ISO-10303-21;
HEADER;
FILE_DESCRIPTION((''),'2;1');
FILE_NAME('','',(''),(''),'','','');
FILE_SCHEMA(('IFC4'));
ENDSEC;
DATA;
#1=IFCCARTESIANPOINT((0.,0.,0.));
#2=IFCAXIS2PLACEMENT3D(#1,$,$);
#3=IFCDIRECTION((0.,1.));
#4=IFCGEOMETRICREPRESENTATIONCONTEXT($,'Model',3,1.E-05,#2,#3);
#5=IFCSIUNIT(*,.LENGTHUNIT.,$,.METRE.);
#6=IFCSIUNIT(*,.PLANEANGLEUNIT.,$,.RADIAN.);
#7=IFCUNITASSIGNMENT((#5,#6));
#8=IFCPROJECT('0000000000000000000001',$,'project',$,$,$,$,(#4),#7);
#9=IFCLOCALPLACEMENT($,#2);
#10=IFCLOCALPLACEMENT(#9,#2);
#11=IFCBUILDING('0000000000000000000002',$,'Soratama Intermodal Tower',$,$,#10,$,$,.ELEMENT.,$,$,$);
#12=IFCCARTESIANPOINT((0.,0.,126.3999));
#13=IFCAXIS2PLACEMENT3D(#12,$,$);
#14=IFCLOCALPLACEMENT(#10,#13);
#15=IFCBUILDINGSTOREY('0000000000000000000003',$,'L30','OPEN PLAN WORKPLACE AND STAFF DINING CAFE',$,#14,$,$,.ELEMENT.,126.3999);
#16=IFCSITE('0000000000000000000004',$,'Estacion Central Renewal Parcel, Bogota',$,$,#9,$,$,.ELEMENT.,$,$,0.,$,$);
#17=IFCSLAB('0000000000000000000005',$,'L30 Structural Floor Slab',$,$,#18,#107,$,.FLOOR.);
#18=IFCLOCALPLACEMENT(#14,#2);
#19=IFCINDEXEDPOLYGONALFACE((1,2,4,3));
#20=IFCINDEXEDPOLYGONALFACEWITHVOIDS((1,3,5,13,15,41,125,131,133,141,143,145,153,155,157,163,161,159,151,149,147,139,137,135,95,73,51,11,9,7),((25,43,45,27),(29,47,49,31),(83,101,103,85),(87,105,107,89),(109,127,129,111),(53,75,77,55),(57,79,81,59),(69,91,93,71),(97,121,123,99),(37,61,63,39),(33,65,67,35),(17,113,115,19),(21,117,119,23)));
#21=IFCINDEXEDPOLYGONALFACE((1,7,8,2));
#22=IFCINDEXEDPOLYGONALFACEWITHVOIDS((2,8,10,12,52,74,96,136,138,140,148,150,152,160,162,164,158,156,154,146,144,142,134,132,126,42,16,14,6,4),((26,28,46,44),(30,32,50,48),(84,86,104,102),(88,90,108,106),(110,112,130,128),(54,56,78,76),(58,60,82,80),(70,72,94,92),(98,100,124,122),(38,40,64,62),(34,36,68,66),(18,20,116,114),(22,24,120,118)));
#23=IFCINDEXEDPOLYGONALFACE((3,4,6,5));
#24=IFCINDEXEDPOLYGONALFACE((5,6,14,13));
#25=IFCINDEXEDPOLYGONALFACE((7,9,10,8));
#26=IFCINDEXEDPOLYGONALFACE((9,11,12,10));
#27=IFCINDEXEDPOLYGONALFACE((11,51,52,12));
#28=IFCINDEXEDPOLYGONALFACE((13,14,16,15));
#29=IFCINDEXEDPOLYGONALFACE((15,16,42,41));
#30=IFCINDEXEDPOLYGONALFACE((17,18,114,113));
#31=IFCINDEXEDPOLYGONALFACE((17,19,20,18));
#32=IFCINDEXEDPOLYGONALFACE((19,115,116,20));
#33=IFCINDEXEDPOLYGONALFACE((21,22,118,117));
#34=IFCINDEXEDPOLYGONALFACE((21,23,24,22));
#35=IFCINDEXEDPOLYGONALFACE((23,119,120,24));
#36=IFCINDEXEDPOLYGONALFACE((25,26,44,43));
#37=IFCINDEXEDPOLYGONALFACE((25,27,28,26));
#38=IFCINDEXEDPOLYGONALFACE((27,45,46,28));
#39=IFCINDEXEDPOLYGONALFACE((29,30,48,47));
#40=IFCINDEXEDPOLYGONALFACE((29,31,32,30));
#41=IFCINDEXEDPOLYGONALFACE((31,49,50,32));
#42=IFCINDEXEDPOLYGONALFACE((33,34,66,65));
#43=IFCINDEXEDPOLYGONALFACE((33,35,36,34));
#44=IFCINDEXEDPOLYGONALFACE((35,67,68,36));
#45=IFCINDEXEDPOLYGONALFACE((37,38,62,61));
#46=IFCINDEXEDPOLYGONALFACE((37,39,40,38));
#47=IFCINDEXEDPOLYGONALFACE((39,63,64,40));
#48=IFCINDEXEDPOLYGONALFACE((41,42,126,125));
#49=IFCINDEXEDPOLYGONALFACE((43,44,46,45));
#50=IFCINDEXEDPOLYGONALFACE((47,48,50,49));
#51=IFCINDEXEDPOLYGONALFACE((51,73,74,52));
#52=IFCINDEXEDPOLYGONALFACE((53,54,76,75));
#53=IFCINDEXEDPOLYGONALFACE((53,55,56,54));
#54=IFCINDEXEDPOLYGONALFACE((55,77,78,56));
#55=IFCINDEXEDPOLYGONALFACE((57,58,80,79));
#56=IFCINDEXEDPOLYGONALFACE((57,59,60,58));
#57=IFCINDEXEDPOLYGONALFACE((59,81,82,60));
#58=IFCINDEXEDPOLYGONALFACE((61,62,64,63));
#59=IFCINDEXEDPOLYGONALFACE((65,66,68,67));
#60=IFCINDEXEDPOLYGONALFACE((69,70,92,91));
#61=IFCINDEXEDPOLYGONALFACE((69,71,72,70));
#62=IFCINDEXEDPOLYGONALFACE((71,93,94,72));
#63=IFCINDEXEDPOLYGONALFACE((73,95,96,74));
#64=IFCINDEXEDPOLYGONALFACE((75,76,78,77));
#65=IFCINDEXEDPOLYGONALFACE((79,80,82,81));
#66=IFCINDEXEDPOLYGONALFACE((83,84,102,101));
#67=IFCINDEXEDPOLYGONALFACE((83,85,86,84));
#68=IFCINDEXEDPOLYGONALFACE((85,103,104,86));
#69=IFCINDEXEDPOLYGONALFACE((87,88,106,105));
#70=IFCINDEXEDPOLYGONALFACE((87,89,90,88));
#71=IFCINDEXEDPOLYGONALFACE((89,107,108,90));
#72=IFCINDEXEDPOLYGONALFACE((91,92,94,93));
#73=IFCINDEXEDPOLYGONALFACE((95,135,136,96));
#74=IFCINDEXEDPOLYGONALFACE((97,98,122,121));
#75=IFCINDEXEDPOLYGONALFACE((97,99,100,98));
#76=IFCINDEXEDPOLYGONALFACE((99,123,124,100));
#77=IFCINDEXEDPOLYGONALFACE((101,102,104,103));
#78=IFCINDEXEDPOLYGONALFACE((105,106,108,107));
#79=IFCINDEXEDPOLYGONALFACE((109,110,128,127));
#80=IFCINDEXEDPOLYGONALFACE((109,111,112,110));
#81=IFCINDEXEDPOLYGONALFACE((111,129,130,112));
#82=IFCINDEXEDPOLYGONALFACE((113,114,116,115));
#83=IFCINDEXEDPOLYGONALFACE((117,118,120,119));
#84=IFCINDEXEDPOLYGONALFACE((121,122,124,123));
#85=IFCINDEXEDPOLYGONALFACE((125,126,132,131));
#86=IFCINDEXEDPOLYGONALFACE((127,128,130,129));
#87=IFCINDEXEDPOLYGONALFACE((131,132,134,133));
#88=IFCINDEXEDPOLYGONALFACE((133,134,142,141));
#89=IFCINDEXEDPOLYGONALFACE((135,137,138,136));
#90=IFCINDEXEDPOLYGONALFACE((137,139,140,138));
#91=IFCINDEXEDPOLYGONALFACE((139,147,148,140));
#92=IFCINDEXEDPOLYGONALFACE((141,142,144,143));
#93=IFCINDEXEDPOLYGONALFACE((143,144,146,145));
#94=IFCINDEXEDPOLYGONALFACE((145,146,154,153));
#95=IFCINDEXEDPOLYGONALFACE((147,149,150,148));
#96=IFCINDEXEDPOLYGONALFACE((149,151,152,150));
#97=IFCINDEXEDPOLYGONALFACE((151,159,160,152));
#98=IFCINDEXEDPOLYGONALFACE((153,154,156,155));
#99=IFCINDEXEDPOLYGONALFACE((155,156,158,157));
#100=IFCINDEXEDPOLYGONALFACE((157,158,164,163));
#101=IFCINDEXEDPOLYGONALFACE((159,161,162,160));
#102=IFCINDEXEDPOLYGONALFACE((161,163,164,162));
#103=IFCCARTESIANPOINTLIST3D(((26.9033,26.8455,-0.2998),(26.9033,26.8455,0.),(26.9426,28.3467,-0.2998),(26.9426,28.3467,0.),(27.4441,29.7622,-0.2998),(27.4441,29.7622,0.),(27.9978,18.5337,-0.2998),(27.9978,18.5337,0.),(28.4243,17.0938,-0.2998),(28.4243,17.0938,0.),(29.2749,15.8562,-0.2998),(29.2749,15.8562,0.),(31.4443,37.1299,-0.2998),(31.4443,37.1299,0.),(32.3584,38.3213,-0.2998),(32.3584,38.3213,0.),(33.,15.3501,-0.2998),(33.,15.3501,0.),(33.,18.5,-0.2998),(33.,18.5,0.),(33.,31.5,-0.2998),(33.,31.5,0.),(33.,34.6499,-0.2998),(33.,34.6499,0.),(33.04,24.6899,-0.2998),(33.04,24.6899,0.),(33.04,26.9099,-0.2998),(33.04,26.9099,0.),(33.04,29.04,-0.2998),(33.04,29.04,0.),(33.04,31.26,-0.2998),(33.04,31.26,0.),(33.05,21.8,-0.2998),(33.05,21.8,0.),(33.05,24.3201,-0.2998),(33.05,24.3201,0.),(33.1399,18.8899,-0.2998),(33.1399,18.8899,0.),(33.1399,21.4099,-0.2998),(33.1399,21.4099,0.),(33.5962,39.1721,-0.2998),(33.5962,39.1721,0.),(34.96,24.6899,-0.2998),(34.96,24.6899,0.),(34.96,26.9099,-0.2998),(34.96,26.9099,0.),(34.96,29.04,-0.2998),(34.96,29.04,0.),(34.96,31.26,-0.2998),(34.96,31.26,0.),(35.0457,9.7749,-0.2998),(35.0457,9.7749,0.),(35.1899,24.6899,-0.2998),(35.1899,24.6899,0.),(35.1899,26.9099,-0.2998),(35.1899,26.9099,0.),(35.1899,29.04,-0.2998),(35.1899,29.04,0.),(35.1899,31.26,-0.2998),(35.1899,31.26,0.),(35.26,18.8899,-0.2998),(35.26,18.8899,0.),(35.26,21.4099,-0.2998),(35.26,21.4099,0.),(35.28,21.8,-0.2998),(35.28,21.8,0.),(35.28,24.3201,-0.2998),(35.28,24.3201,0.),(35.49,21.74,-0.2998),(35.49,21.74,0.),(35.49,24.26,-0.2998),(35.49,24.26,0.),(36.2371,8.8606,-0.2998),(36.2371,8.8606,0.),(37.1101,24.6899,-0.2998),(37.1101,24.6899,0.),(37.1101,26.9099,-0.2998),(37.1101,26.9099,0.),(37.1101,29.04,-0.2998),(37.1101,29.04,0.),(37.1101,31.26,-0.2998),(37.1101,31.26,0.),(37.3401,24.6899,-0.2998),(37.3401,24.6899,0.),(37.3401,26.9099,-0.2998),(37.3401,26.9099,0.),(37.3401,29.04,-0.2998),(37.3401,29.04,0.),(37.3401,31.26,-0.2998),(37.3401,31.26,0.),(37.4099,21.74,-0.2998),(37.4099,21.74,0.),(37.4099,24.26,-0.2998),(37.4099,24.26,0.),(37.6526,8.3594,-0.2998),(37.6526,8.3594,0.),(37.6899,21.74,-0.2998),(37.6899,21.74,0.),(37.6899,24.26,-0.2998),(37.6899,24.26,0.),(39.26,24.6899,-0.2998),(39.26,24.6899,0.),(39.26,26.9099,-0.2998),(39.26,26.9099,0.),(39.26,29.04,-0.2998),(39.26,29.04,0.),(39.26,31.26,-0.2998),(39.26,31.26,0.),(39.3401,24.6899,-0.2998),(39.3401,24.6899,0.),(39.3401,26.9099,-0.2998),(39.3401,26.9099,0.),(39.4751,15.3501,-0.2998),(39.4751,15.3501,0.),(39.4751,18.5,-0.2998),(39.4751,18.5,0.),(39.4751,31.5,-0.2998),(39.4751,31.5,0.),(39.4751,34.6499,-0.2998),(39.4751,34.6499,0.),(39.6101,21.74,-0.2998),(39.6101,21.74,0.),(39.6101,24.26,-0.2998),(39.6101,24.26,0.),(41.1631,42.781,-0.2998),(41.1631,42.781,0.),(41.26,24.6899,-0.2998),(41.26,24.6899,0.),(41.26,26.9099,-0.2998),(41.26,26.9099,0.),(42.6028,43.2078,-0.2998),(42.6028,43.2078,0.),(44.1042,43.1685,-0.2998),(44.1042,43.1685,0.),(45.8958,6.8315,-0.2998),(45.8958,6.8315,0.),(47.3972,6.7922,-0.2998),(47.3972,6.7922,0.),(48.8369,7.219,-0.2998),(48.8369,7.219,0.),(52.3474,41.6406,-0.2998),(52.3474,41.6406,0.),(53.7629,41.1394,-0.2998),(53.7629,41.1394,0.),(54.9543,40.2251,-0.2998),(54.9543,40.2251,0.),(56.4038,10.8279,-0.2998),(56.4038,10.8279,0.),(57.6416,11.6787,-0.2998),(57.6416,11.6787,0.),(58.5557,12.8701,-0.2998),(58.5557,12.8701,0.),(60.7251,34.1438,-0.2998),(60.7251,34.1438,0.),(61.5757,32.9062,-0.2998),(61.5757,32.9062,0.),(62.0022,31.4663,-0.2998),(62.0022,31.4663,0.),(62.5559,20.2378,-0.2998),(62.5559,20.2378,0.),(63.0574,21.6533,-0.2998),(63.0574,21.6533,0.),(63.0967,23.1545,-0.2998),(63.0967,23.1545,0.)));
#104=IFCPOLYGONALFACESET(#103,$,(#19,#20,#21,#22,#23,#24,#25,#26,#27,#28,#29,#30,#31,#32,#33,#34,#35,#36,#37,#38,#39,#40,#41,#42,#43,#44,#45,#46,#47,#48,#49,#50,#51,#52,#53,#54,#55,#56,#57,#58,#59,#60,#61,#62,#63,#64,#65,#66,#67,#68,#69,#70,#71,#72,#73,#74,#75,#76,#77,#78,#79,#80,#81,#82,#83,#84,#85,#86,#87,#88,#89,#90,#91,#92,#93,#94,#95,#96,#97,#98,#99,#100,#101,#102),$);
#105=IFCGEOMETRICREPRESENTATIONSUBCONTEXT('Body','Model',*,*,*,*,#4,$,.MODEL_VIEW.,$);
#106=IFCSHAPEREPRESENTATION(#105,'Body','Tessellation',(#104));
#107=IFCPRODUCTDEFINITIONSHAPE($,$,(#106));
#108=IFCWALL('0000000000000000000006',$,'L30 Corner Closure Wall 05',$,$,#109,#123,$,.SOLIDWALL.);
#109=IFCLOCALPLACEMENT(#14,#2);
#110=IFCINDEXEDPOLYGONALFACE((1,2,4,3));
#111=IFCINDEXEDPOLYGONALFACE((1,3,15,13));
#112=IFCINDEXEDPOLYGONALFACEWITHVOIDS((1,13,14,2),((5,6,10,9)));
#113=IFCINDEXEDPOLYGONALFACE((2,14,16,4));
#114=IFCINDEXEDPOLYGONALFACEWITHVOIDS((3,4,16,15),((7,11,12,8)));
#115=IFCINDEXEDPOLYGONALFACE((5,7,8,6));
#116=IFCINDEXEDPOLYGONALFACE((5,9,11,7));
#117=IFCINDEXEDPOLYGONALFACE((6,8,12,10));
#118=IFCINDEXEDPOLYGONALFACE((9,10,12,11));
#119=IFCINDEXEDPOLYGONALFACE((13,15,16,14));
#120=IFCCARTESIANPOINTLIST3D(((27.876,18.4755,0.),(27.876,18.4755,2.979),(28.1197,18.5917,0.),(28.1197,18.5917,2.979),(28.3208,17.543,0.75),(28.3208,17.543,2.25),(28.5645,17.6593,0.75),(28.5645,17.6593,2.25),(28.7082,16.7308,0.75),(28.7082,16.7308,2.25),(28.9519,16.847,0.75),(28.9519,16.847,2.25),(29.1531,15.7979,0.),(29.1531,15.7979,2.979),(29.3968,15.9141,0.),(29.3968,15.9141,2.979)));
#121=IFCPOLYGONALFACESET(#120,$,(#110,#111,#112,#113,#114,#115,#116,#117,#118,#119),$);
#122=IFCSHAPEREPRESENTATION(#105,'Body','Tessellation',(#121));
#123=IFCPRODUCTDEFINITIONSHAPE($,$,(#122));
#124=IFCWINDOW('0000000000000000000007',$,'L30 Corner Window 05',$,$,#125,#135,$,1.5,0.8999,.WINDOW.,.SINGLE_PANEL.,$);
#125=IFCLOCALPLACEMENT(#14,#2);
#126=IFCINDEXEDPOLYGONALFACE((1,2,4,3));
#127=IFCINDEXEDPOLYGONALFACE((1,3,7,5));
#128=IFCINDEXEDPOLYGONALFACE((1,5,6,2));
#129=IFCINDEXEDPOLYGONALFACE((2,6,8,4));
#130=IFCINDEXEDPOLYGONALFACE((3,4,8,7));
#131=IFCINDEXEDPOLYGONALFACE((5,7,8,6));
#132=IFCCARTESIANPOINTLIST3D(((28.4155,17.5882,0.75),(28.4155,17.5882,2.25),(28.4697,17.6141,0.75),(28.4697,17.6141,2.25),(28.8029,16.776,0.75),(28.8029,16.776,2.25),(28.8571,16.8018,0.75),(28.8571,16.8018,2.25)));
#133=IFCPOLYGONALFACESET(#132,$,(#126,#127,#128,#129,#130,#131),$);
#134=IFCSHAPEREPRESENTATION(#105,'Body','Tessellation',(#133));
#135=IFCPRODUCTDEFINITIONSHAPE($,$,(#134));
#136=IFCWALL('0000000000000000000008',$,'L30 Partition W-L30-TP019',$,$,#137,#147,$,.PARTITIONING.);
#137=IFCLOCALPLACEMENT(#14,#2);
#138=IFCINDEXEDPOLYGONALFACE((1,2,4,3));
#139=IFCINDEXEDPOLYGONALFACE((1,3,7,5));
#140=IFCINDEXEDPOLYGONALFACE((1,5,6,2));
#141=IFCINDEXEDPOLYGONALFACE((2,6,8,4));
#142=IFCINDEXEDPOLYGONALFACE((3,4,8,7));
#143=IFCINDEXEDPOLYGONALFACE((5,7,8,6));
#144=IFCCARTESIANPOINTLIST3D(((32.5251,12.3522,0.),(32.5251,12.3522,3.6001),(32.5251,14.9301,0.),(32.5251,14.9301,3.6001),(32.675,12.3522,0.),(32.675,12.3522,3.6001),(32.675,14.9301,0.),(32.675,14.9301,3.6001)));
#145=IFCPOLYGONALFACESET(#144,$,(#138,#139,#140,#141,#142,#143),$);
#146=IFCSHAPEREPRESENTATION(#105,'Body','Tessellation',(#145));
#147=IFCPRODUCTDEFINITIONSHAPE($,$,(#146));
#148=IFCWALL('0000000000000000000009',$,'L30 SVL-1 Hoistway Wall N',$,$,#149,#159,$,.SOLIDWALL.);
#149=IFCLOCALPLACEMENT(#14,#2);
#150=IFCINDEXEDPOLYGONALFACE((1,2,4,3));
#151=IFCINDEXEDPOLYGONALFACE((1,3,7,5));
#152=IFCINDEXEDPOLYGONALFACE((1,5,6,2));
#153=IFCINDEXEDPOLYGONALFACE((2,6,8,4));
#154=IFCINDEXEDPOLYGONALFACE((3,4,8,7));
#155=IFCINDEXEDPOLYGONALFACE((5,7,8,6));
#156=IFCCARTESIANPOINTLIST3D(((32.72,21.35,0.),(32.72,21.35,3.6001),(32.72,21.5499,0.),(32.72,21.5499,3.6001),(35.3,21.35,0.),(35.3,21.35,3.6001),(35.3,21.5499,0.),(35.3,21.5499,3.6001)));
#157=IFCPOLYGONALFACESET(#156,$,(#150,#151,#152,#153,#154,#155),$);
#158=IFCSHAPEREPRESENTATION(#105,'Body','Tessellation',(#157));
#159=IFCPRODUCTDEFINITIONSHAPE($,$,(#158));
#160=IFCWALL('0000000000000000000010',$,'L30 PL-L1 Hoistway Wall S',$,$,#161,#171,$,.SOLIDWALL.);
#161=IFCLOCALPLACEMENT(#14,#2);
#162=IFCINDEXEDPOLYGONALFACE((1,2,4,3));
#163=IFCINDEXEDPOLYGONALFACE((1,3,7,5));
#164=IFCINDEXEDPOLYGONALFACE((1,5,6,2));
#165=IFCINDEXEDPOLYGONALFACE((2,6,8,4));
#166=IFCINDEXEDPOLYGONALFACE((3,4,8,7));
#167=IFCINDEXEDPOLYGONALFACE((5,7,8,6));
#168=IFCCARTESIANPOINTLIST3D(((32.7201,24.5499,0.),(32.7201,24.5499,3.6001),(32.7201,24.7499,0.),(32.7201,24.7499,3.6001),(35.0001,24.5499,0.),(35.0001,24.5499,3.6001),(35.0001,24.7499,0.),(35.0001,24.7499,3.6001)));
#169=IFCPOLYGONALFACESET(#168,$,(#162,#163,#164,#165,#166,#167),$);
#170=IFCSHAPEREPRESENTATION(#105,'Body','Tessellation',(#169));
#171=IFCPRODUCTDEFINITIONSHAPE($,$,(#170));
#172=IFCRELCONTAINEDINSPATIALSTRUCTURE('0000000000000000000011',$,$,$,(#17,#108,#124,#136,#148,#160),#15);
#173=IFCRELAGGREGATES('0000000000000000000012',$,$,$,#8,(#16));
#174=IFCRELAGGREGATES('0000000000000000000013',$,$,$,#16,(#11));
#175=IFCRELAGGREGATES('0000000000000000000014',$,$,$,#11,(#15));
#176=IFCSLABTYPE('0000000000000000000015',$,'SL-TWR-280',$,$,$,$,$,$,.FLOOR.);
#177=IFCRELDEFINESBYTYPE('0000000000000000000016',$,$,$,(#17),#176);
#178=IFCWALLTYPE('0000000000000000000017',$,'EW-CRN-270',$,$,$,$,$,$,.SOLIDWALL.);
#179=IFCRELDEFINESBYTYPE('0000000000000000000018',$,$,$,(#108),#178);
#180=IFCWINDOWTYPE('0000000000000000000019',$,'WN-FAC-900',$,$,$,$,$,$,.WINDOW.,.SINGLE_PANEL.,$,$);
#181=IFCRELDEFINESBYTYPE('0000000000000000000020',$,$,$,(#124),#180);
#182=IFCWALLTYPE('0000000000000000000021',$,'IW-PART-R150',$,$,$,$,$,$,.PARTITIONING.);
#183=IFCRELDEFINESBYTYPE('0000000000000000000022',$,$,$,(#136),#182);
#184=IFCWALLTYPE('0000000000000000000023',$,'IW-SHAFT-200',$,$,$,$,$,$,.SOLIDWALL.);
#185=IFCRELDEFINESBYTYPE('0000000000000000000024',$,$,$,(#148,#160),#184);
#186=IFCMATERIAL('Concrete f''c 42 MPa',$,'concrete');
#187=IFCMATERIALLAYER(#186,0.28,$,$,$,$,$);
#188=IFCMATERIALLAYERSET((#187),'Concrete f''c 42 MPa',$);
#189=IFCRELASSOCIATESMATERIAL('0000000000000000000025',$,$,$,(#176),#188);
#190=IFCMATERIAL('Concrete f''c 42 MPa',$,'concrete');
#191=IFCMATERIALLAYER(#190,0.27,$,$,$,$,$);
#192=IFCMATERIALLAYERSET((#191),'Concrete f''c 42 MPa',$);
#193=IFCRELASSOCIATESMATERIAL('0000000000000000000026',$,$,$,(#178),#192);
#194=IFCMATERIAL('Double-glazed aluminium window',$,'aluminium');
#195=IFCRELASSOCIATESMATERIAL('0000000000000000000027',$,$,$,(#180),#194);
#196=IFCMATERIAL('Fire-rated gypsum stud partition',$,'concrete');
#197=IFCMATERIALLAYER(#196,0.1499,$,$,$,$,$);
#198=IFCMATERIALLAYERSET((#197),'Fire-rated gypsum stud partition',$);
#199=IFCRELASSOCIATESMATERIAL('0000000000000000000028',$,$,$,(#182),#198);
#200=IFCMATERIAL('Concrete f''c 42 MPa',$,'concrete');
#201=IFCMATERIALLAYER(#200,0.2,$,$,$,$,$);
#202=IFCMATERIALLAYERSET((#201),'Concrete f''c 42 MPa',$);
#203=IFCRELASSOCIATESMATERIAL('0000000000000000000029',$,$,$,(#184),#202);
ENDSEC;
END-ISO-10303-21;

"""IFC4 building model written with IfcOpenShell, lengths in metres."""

from ifc_helpers import new_model, si_unit, direction, frame, frame_2d, origin, place, context, subcontext, project, spatial, polyline, rectangle, outline, extrude, material, layer, layer_set, type_object, element, fill, save


model = new_model("IFC4")

# Units and contexts
model_context = context("Model", 3, precision=1e-05, world=origin(), true_north=direction((0.0, 1.0)))
body_context = subcontext(model_context, "Body", "Model", "MODEL_VIEW")
ifc_project = project(units=[si_unit("LENGTHUNIT", "METRE"), si_unit("PLANEANGLEUNIT", "RADIAN")], contexts=[model_context])

# Site, building, storey
site_placement = place(None, origin())
site = spatial("IfcSite", under=ifc_project, at=site_placement, Name="Estacion Central Renewal Parcel, Bogota", CompositionType="ELEMENT", RefElevation=0.0)
building_placement = place(site_placement, origin())
building = spatial("IfcBuilding", under=site, at=building_placement, Name="Soratama Intermodal Tower", CompositionType="ELEMENT")
storey_placement = place(building_placement, frame((0.0, 0.0, 126.3999)))
storey = spatial("IfcBuildingStorey", under=building, at=storey_placement, Name="L30", Description="OPEN PLAN WORKPLACE AND STAFF DINING CAFE", CompositionType="ELEMENT", Elevation=126.3999)

# Slab
ifc_material_1 = material(Name="Concrete f'c 42 MPa", Category="concrete")
ifc_layer_1 = layer(ifc_material_1, 0.28)
ifc_layer_set_1 = layer_set([ifc_layer_1], Name="Concrete f'c 42 MPa")
slab_type_1 = type_object("IfcSlabType", Name="SL-TWR-280", PredefinedType="FLOOR", material=ifc_layer_set_1)
slab_1_placement = place(storey_placement, frame((0.0, 0.0, -0.2998)))
element("IfcSlab", 1, at=slab_1_placement, inside=storey, type_object=slab_type_1, Name="L30 Structural Floor Slab", PredefinedType="FLOOR", context=body_context, shape_type="SweptSolid", body=[
    extrude(outline(polyline([(62.0022, 31.4663), (61.5757, 32.9062), (60.7251, 34.1438), (54.9543, 40.2251), (53.7629, 41.1394), (52.3474, 41.6406), (44.1042, 43.1685), (42.6028, 43.2078), (41.1631, 42.781), (33.5962, 39.1721), (32.3584, 38.3213), (31.4443, 37.1299), (27.4441, 29.7622), (26.9426, 28.3467), (26.9033, 26.8455), (27.9978, 18.5337), (28.4243, 17.0938), (29.2749, 15.8562), (35.0457, 9.7749), (36.2371, 8.8606), (37.6526, 8.3594), (45.8958, 6.8315), (47.3972, 6.7922), (48.8369, 7.219), (56.4038, 10.8279), (57.6416, 11.6787), (58.5557, 12.8701), (62.5559, 20.2378), (63.0574, 21.6533), (63.0967, 23.1545), (62.0022, 31.4663)]), holes=[polyline([(33.0, 18.5), (33.0, 15.3501), (39.4751, 15.3501), (39.4751, 18.5), (33.0, 18.5)]), polyline([(35.26, 18.8899), (35.26, 21.4099), (33.1399, 21.4099), (33.1399, 18.8899), (35.26, 18.8899)]), polyline([(33.05, 21.8), (35.28, 21.8), (35.28, 24.3201), (33.05, 24.3201), (33.05, 21.8)]), polyline([(34.96, 26.9099), (33.04, 26.9099), (33.04, 24.6899), (34.96, 24.6899), (34.96, 26.9099)]), polyline([(37.1101, 24.6899), (37.1101, 26.9099), (35.1899, 26.9099), (35.1899, 24.6899), (37.1101, 24.6899)]), polyline([(34.96, 29.04), (34.96, 31.26), (33.04, 31.26), (33.04, 29.04), (34.96, 29.04)]), polyline([(37.1101, 31.26), (35.1899, 31.26), (35.1899, 29.04), (37.1101, 29.04), (37.1101, 31.26)]), polyline([(37.4099, 21.74), (37.4099, 24.26), (35.49, 24.26), (35.49, 21.74), (37.4099, 21.74)]), polyline([(39.6101, 21.74), (39.6101, 24.26), (37.6899, 24.26), (37.6899, 21.74), (39.6101, 21.74)]), polyline([(39.26, 24.6899), (39.26, 26.9099), (37.3401, 26.9099), (37.3401, 24.6899), (39.26, 24.6899)]), polyline([(41.26, 24.6899), (41.26, 26.9099), (39.3401, 26.9099), (39.3401, 24.6899), (41.26, 24.6899)]), polyline([(39.26, 29.04), (39.26, 31.26), (37.3401, 31.26), (37.3401, 29.04), (39.26, 29.04)]), polyline([(39.4751, 34.6499), (33.0, 34.6499), (33.0, 31.5), (39.4751, 31.5), (39.4751, 34.6499)])]), origin(), (0.0, 0.0, 1.0), 0.2998),
])

# Wall, opening, window
ifc_material_2 = material(Name="Concrete f'c 42 MPa", Category="concrete")
ifc_layer_2 = layer(ifc_material_2, 0.27)
ifc_layer_set_2 = layer_set([ifc_layer_2], Name="Concrete f'c 42 MPa")
wall_type_1 = type_object("IfcWallType", Name="EW-CRN-270", PredefinedType="SOLIDWALL", material=ifc_layer_set_2)
wall_1_placement = place(storey_placement, frame((27.9978, 18.5337, 0.0), z_axis=(0.0, 0.0, 1.0), x_axis=(0.430512, -0.902585, 0.0)))
wall_1 = element("IfcWall", 2, at=wall_1_placement, inside=storey, type_object=wall_type_1, Name="L30 Corner Closure Wall 05", PredefinedType="SOLIDWALL", context=body_context, shape_type="SweptSolid", body=[
    extrude(rectangle(XDim=2.9666, YDim=0.27, at=frame_2d((1.4834, 0.0))), origin(), (0.0, 0.0, 1.0), 2.979),
])
opening_placement = place(wall_1_placement, frame((1.0332, 0.0, 0.75)))
opening = element("IfcOpeningElement", 3, at=opening_placement, cuts=wall_1, PredefinedType="OPENING", context=body_context, shape_type="SweptSolid", body=[
    extrude(rectangle(XDim=0.8999, YDim=1.5, at=frame_2d((0.45, 0.75))), frame((0.0, 0.145, 0.0), z_axis=(0.0, -1.0, 0.0), x_axis=(1.0, 0.0, 0.0)), (0.0, 0.0, 1.0), 0.29),
])
ifc_material_3 = material(Name="Double-glazed aluminium window", Category="aluminium")
window_type = type_object("IfcWindowType", Name="WN-FAC-900", PartitioningType="SINGLE_PANEL", PredefinedType="WINDOW", material=ifc_material_3)
window_placement = place(opening_placement, origin())
window = element("IfcWindow", 4, at=window_placement, inside=storey, type_object=window_type, Name="L30 Corner Window 05", OverallHeight=1.5, OverallWidth=0.8999, PartitioningType="SINGLE_PANEL", PredefinedType="WINDOW", context=body_context, shape_type="SweptSolid", body=[
    extrude(rectangle(XDim=0.8999, YDim=1.5, at=frame_2d((0.45, 0.75))), frame((0.0, 0.03, 0.0), z_axis=(0.0, -1.0, 0.0), x_axis=(1.0, 0.0, 0.0)), (0.0, 0.0, 1.0), 0.0601),
])
fill(opening, window)

# Walls
ifc_material_4 = material(Name="Fire-rated gypsum stud partition", Category="concrete")
ifc_layer_3 = layer(ifc_material_4, 0.1499)
ifc_layer_set_3 = layer_set([ifc_layer_3], Name="Fire-rated gypsum stud partition")
wall_type_2 = type_object("IfcWallType", Name="IW-PART-R150", PredefinedType="PARTITIONING", material=ifc_layer_set_3)
wall_2_placement = place(storey_placement, frame((32.6001, 12.3521, 0.0), z_axis=(0.0, 0.0, 1.0), x_axis=(0.0, 1.0, 0.0)))
element("IfcWall", 5, at=wall_2_placement, inside=storey, type_object=wall_type_2, Name="L30 Partition W-L30-TP019", PredefinedType="PARTITIONING", context=body_context, shape_type="SweptSolid", body=[
    extrude(rectangle(XDim=2.5779, YDim=0.1499, at=frame_2d((1.2891, 0.0))), origin(), (0.0, 0.0, 1.0), 3.6001),
])
ifc_material_5 = material(Name="Concrete f'c 42 MPa", Category="concrete")
ifc_layer_4 = layer(ifc_material_5, 0.2)
ifc_layer_set_4 = layer_set([ifc_layer_4], Name="Concrete f'c 42 MPa")
wall_type_3 = type_object("IfcWallType", Name="IW-SHAFT-200", PredefinedType="SOLIDWALL", material=ifc_layer_set_4)
wall_3_placement = place(storey_placement, frame((32.72, 21.45, 0.0), z_axis=(0.0, 0.0, 1.0), x_axis=(1.0, 0.0, 0.0)))
element("IfcWall", 6, at=wall_3_placement, inside=storey, type_object=wall_type_3, Name="L30 SVL-1 Hoistway Wall N", PredefinedType="SOLIDWALL", context=body_context, shape_type="SweptSolid", body=[
    extrude(rectangle(XDim=2.5801, YDim=0.2, at=frame_2d((1.29, 0.0))), origin(), (0.0, 0.0, 1.0), 3.6001),
])
wall_4_placement = place(storey_placement, frame((32.72, 24.6499, 0.0), z_axis=(0.0, 0.0, 1.0), x_axis=(1.0, 0.0, 0.0)))
element("IfcWall", 7, at=wall_4_placement, inside=storey, type_object=wall_type_3, Name="L30 PL-L1 Hoistway Wall S", PredefinedType="SOLIDWALL", context=body_context, shape_type="SweptSolid", body=[
    extrude(rectangle(XDim=2.28, YDim=0.2, at=frame_2d((1.1401, 0.0))), origin(), (0.0, 0.0, 1.0), 3.6001),
])

save(model, "model.ifc")
